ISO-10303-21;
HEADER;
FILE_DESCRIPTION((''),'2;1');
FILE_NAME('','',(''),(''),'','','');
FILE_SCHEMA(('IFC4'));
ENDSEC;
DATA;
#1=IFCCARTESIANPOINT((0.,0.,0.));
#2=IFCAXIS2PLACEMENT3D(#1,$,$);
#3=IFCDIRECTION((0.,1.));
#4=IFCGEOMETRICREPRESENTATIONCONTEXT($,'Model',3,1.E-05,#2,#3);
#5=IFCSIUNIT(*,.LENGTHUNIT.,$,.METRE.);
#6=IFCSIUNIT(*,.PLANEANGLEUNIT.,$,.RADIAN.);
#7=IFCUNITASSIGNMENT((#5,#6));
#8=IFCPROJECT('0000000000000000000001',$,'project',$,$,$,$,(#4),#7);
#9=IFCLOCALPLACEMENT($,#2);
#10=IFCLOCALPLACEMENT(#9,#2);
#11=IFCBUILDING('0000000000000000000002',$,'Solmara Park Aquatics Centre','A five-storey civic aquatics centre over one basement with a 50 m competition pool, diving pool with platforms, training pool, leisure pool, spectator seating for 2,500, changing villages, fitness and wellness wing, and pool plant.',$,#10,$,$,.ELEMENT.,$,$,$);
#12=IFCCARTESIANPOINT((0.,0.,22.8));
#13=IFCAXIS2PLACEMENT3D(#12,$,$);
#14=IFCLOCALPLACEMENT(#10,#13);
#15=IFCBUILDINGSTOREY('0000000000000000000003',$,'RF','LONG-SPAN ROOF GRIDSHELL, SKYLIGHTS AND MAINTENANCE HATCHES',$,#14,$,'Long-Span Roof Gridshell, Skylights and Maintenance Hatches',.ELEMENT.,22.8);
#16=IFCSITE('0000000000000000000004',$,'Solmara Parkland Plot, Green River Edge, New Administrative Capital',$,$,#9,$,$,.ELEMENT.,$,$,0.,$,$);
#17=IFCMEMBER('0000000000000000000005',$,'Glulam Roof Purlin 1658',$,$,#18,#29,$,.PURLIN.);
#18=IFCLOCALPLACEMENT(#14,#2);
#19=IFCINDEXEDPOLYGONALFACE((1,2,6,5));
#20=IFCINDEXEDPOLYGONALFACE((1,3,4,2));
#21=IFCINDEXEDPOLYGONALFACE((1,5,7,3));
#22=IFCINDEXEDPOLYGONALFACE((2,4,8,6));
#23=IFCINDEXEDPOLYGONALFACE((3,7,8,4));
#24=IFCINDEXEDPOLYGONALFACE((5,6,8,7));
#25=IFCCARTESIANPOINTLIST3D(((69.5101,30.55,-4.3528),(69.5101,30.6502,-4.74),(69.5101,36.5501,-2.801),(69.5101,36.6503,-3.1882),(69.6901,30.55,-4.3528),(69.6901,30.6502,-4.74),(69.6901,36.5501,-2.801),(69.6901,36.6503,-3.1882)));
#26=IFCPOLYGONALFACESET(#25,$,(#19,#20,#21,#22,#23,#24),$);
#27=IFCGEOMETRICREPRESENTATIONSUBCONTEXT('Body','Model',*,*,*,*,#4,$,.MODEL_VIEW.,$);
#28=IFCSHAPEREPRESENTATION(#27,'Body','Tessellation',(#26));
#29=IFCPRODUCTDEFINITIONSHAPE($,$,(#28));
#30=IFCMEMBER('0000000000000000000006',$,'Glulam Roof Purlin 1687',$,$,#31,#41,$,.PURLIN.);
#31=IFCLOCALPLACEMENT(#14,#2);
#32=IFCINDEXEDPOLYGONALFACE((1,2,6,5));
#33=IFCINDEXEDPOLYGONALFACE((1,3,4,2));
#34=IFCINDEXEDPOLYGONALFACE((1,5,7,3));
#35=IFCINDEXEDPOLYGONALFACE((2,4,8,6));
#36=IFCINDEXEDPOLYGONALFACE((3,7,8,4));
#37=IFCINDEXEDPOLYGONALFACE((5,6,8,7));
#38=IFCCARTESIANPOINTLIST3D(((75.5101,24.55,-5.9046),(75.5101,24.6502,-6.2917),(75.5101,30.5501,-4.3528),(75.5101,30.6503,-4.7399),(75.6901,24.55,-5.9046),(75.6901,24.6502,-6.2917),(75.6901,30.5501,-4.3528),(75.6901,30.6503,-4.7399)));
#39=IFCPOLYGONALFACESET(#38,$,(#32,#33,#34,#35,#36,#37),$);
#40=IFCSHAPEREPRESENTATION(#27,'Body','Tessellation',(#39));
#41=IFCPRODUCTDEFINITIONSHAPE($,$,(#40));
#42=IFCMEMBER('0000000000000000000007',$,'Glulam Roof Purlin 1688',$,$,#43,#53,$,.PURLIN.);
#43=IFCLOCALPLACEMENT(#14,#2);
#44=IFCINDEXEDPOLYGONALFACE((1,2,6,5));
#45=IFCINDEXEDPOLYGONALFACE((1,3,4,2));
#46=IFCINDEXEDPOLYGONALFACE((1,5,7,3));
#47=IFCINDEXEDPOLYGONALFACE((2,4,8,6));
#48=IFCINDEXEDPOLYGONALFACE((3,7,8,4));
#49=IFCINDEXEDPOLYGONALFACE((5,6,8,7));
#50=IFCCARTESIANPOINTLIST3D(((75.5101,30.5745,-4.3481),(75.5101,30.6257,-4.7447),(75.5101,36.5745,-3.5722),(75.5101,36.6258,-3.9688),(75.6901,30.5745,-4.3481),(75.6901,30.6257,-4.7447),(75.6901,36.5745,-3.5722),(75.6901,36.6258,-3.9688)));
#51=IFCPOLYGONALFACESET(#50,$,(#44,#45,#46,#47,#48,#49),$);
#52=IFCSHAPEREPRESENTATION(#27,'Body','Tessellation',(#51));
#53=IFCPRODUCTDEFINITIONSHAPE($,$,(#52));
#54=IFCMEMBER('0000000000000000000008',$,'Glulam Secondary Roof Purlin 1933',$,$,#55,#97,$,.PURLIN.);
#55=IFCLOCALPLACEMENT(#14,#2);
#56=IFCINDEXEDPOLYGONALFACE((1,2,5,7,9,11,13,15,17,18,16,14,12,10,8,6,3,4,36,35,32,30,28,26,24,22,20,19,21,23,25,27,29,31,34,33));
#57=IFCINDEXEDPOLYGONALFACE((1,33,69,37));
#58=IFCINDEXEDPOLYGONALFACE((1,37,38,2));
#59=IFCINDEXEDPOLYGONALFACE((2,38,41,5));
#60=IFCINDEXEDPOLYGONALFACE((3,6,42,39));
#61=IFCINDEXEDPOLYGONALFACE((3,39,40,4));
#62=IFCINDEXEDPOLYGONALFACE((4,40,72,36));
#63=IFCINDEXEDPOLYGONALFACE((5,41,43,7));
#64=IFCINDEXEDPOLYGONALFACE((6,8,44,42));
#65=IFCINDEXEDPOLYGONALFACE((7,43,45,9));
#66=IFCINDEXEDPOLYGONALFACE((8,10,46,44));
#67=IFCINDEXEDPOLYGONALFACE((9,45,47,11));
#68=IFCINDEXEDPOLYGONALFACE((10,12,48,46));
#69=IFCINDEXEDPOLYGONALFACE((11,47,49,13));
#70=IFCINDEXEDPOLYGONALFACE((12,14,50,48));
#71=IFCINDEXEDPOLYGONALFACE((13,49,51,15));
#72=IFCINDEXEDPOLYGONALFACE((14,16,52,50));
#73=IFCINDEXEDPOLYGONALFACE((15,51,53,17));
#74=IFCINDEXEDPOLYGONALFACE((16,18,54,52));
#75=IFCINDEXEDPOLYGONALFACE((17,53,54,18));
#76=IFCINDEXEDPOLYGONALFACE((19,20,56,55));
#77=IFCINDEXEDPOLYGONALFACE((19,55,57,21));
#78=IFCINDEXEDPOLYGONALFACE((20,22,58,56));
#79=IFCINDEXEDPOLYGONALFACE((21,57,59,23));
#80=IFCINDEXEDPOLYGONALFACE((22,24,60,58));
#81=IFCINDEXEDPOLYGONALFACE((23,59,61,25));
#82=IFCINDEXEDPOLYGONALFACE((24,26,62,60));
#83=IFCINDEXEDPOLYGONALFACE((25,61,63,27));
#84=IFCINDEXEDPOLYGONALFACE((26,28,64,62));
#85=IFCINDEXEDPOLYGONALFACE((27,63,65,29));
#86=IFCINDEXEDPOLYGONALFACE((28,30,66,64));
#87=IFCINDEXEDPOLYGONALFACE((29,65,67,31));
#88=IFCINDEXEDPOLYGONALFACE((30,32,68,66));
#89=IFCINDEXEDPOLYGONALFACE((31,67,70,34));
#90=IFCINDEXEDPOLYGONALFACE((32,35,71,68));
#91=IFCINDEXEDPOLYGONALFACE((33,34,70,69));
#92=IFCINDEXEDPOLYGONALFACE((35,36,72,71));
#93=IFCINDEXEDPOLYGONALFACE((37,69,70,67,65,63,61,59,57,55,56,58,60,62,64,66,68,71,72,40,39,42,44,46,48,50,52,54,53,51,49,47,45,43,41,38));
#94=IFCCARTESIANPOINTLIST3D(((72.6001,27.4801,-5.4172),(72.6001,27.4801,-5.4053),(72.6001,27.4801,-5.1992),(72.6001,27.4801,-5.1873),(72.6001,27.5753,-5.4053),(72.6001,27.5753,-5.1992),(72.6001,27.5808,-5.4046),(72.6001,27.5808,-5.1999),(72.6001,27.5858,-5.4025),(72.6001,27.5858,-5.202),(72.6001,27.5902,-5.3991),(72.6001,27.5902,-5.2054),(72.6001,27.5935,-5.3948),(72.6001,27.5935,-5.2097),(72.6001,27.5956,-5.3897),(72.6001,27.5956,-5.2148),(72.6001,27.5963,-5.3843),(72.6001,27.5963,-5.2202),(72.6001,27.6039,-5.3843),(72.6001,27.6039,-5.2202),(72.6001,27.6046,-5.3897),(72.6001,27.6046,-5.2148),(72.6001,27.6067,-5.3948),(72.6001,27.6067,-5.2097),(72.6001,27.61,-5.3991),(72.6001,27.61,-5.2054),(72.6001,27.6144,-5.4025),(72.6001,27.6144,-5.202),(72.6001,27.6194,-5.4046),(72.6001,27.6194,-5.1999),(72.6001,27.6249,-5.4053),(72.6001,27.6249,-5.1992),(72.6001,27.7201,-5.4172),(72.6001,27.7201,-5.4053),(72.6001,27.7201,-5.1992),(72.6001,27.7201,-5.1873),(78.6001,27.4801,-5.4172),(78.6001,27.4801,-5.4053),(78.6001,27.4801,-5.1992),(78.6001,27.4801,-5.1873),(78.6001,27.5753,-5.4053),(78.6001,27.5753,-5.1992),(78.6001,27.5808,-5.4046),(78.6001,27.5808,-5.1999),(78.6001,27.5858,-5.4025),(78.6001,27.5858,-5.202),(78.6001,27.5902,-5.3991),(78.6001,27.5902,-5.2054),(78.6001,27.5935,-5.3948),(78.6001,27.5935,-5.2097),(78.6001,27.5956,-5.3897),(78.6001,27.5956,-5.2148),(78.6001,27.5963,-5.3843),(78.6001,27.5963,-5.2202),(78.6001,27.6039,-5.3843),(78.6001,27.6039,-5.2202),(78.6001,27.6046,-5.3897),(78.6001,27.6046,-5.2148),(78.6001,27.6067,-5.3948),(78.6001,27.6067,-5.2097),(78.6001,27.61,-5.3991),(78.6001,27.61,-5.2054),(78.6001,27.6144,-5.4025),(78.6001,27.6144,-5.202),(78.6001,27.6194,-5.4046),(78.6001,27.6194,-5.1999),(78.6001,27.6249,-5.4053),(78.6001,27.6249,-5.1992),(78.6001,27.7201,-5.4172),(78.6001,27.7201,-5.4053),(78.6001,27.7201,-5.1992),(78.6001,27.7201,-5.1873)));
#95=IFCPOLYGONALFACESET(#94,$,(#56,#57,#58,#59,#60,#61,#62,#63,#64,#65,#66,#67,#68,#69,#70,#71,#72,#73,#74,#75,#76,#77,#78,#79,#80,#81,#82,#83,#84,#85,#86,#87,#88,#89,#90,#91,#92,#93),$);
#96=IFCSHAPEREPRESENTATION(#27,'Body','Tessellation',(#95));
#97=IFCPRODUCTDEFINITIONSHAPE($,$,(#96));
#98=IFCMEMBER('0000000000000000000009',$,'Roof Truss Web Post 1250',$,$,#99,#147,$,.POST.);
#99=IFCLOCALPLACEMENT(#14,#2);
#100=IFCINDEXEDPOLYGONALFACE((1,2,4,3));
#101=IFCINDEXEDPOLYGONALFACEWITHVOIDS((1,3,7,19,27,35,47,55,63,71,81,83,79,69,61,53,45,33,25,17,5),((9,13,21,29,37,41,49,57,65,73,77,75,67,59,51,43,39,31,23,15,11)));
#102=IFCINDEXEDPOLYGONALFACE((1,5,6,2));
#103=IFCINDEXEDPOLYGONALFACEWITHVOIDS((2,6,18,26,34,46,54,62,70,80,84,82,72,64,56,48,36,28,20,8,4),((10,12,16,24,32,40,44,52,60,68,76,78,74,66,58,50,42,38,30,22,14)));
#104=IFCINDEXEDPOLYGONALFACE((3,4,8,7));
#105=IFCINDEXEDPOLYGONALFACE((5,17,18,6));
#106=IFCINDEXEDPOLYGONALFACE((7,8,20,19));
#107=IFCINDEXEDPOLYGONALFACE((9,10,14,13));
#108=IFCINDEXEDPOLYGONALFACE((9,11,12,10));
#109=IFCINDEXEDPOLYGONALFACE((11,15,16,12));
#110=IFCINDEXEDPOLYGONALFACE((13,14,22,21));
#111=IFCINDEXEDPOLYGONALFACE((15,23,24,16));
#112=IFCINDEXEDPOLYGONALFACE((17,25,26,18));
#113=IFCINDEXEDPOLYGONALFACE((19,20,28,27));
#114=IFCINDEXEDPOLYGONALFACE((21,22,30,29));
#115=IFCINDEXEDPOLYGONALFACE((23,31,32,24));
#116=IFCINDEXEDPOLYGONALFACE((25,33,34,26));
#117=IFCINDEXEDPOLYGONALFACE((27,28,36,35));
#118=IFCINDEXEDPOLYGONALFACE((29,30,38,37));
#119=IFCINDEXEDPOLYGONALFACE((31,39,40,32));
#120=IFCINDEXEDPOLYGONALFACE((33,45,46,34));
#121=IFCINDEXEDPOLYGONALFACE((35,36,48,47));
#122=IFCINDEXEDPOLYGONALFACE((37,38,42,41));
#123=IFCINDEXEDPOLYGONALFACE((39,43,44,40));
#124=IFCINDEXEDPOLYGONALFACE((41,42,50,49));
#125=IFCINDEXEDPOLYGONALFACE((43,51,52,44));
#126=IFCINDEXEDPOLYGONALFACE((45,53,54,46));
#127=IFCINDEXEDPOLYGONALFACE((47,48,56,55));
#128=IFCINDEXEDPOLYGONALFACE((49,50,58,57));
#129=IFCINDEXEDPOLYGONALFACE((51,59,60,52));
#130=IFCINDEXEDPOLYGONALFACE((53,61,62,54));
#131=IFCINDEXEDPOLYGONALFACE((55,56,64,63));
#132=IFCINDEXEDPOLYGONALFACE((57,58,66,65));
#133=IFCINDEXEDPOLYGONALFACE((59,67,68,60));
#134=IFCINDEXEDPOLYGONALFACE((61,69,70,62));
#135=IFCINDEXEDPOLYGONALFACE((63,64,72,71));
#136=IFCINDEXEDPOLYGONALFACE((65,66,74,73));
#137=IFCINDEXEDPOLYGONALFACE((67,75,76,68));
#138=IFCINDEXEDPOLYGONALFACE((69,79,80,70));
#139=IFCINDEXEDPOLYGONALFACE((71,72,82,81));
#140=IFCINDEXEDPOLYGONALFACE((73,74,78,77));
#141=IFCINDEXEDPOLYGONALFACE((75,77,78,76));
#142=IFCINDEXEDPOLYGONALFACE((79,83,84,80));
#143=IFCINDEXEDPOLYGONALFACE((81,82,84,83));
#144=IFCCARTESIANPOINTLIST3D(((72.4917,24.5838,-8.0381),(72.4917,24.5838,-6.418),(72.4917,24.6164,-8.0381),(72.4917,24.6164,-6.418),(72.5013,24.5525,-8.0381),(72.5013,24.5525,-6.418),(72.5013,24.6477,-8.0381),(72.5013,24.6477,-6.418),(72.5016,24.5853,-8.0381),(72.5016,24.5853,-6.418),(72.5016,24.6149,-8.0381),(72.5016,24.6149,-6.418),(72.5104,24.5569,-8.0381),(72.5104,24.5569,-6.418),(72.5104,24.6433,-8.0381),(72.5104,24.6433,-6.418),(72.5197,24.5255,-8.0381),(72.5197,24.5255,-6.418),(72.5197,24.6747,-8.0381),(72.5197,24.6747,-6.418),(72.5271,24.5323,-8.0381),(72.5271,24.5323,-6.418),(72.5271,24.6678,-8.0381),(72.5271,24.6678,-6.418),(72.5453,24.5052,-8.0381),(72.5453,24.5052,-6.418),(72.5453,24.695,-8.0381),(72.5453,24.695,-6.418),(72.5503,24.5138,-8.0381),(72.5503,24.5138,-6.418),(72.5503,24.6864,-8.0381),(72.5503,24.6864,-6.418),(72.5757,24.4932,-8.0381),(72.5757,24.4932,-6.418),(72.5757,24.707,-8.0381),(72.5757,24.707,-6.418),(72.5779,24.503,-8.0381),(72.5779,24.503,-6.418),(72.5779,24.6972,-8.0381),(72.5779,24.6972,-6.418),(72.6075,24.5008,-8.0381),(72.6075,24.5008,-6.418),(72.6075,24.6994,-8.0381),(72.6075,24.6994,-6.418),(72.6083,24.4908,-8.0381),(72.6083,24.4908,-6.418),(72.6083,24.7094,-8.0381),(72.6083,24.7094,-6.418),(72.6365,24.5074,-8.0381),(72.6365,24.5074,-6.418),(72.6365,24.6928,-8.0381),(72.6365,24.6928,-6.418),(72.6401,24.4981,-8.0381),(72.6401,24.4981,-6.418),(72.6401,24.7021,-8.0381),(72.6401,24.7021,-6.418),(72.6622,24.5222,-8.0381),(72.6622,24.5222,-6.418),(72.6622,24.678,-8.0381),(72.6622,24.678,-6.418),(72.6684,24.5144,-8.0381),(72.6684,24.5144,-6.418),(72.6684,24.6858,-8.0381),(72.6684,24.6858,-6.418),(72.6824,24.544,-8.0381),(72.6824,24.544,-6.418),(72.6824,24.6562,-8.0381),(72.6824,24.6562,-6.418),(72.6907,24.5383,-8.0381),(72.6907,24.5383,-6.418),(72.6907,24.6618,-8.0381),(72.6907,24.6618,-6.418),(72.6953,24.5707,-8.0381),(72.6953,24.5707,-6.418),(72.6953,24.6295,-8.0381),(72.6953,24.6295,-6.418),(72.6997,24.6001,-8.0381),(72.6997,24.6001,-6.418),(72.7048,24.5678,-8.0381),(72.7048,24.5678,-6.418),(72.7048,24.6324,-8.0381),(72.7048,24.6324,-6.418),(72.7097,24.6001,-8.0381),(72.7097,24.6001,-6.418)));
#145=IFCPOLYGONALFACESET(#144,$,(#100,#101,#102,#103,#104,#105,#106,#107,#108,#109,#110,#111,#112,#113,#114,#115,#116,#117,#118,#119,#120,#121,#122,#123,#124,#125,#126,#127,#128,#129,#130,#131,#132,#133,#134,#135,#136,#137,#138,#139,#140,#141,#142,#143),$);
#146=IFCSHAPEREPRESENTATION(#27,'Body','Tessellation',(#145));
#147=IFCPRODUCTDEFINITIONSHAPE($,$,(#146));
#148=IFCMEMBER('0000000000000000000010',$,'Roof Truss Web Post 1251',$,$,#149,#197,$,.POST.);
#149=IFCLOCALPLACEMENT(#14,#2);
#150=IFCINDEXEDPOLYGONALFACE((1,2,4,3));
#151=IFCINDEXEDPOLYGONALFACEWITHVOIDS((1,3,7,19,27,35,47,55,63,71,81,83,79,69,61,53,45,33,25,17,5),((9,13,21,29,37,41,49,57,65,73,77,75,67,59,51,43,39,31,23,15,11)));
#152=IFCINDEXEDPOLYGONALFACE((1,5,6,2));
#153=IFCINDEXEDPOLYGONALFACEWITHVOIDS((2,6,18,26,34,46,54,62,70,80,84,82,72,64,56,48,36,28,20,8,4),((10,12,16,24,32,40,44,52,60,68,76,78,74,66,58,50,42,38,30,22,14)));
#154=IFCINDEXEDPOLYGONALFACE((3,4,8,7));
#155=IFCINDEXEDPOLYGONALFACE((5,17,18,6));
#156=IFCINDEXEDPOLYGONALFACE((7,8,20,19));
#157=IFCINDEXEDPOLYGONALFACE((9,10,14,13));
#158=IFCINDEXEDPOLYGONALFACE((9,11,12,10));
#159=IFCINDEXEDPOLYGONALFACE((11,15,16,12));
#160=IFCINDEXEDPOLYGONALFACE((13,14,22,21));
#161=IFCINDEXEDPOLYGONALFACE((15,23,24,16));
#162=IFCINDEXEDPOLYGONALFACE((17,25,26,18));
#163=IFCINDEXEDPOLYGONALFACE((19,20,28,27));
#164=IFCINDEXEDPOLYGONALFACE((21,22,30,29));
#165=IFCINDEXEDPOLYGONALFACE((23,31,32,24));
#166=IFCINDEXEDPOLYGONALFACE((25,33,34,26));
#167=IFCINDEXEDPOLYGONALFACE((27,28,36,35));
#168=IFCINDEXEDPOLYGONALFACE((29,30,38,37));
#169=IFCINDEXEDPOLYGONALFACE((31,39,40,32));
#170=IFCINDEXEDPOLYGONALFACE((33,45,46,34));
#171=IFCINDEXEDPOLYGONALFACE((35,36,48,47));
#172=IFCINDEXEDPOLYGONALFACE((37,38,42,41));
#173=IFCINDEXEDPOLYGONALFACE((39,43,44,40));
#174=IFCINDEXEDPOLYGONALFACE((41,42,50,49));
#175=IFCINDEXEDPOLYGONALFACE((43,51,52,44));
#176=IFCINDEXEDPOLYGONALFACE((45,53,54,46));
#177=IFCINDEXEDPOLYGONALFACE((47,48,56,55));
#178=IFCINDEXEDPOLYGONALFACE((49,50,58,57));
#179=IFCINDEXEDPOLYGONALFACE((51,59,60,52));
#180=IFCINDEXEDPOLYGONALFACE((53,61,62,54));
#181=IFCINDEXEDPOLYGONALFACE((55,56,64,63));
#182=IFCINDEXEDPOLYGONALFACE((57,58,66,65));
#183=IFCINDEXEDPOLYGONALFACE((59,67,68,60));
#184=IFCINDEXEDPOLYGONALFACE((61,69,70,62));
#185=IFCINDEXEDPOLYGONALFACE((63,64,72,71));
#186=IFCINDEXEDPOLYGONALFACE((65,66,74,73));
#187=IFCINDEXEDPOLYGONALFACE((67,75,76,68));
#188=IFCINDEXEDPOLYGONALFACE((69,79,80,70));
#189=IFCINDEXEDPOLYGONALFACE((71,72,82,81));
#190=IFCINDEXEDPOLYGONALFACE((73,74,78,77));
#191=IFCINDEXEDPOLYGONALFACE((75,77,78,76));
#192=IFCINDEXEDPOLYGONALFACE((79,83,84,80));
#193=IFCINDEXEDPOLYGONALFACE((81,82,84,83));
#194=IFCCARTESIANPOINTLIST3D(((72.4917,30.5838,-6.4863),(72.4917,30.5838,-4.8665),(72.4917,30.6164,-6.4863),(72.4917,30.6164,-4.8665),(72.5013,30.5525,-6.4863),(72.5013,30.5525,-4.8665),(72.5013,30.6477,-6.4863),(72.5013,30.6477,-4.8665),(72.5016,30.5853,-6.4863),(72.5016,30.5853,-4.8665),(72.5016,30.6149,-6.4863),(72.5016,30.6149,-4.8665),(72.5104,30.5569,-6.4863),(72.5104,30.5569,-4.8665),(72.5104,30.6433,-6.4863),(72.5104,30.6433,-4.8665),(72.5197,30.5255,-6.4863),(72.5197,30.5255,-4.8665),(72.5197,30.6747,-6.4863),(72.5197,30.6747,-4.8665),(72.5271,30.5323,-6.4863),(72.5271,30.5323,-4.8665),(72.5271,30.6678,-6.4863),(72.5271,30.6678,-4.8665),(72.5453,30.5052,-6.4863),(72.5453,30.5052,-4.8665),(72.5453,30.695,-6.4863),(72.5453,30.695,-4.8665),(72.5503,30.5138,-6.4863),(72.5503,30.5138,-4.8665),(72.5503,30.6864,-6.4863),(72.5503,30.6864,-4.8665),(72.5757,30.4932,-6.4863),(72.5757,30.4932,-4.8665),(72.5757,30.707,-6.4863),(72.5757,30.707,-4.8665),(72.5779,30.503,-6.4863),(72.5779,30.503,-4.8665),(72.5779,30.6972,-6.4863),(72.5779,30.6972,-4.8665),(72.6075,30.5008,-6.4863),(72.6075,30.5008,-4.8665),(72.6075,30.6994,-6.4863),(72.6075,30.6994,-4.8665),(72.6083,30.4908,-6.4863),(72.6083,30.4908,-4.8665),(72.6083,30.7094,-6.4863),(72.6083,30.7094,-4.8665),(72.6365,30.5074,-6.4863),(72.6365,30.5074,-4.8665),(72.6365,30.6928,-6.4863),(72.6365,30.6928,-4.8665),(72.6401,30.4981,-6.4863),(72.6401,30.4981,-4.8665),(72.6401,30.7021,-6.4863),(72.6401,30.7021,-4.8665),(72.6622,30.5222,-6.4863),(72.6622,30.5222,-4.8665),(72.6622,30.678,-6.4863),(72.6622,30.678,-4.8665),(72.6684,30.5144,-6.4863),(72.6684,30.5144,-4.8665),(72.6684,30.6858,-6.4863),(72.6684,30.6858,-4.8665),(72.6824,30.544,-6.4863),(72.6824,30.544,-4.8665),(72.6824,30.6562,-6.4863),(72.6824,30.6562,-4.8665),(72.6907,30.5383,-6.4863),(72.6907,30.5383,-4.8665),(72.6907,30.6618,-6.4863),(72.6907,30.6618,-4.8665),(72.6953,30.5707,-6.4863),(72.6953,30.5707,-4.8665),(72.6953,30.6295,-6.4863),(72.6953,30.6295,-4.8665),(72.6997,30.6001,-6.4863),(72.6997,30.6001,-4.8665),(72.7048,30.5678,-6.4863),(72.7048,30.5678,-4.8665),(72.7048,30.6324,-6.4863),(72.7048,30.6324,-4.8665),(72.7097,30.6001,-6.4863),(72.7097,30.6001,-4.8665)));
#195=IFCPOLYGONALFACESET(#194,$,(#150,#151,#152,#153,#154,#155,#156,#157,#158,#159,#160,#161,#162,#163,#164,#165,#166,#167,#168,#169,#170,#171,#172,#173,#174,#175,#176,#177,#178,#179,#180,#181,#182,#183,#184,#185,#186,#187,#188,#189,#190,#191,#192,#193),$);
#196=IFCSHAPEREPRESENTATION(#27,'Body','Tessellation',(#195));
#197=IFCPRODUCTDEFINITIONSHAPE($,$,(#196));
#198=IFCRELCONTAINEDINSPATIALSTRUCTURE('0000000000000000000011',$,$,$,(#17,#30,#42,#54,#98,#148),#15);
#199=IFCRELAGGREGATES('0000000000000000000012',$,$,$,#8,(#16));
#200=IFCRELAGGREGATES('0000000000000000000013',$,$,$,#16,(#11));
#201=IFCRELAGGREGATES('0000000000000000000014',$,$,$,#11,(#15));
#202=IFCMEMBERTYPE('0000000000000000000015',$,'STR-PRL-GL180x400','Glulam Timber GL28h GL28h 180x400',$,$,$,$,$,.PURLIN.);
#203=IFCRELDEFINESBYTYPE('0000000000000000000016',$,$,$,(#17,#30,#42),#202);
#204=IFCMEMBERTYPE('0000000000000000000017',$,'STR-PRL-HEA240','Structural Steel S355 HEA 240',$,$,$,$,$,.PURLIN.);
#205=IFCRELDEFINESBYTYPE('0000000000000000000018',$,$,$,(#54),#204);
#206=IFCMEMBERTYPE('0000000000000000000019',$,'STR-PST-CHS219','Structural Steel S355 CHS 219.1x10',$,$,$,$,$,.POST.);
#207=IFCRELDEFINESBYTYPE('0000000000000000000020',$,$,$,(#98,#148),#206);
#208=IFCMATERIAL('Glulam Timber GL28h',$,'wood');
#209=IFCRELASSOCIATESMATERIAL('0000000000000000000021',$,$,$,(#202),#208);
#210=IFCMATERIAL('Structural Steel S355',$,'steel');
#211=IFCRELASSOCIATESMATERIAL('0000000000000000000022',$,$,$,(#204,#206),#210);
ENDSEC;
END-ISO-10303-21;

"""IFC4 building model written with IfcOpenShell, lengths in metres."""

from ifc_helpers import new_model, si_unit, direction, frame, origin, origin_2d, place, context, subcontext, project, spatial, rectangle, hollow_circle, i_section, extrude, material, material_profile, profile_set, type_object, element, save


model = new_model("IFC4")

# Units and contexts
model_context = context("Model", 3, precision=1e-05, world=origin(), true_north=direction((0.0, 1.0)))
body_context = subcontext(model_context, "Body", "Model", "MODEL_VIEW")
ifc_project = project(units=[si_unit("LENGTHUNIT", "METRE"), si_unit("PLANEANGLEUNIT", "RADIAN")], contexts=[model_context])

# Site, building, storey
site_placement = place(None, origin())
site = spatial("IfcSite", under=ifc_project, at=site_placement, Name="Solmara Parkland Plot, Green River Edge, New Administrative Capital", CompositionType="ELEMENT", RefElevation=0.0)
building_placement = place(site_placement, origin())
building = spatial("IfcBuilding", under=site, at=building_placement, Name="Solmara Park Aquatics Centre", Description="A five-storey civic aquatics centre over one basement with a 50 m competition pool, diving pool with platforms, training pool, leisure pool, spectator seating for 2,500, changing villages, fitness and wellness wing, and pool plant.", CompositionType="ELEMENT")
storey_placement = place(building_placement, frame((0.0, 0.0, 22.8)))
storey = spatial("IfcBuildingStorey", under=building, at=storey_placement, Name="RF", Description="LONG-SPAN ROOF GRIDSHELL, SKYLIGHTS AND MAINTENANCE HATCHES", LongName="Long-Span Roof Gridshell, Skylights and Maintenance Hatches", CompositionType="ELEMENT", Elevation=22.8)

# Members
ifc_material_1 = material(Name="Structural Steel S355", Category="steel")
ifc_material_2 = material(Name="Glulam Timber GL28h", Category="wood")
ifc_material_profile_1 = material_profile(ifc_material_2, rectangle(XDim=0.1799, YDim=0.3999, at=origin_2d()), Name="GL28h 180x400")
ifc_profile_set_1 = profile_set([ifc_material_profile_1], Name="Glulam Timber GL28h")
member_type_1 = type_object("IfcMemberType", Name="STR-PRL-GL180x400", Description="Glulam Timber GL28h GL28h 180x400", PredefinedType="PURLIN", material=ifc_profile_set_1)
for number, where, z_axis, x_axis, name in (
    (1, (69.6001, 30.6001, -4.5464), (0.0, 0.968146, 0.250388), (-1.0, 0.0, 0.0), "Glulam Roof Purlin 1658"),
    (2, (75.6001, 24.6001, -6.0981), (0.0, 0.968146, 0.250388), (-1.0, 0.0, 0.0), "Glulam Roof Purlin 1687"),
):
    element("IfcMember", number, at=place(storey_placement, frame(where, z_axis=z_axis, x_axis=x_axis)), inside=storey, type_object=member_type_1, Name=name, PredefinedType="PURLIN", context=body_context, shape_type="SweptSolid", body=[
        extrude(rectangle(XDim=0.1799, YDim=0.3999, at=origin_2d()), origin(), (0.0, 0.0, 1.0), 6.1975),
    ])
member_1_placement = place(storey_placement, frame((75.6001, 30.6001, -4.5464), z_axis=(0.0, 0.991742, 0.128245), x_axis=(-1.0, 0.0, 0.0)))
element("IfcMember", 3, at=member_1_placement, inside=storey, type_object=member_type_1, Name="Glulam Roof Purlin 1688", PredefinedType="PURLIN", context=body_context, shape_type="SweptSolid", body=[
    extrude(rectangle(XDim=0.1799, YDim=0.3999, at=origin_2d()), origin(), (0.0, 0.0, 1.0), 6.05),
])
ifc_material_profile_2 = material_profile(ifc_material_1, i_section(OverallWidth=0.24, OverallDepth=0.23, WebThickness=0.0076, FlangeThickness=0.012, FilletRadius=0.021, at=origin_2d()), Name="HEA 240")
ifc_profile_set_2 = profile_set([ifc_material_profile_2], Name="Structural Steel S355")
member_type_2 = type_object("IfcMemberType", Name="STR-PRL-HEA240", Description="Structural Steel S355 HEA 240", PredefinedType="PURLIN", material=ifc_profile_set_2)
member_2_placement = place(storey_placement, frame((72.6001, 27.6001, -5.3022), z_axis=(1.0, 0.0, 0.0), x_axis=(0.0, 1.0, 0.0)))
element("IfcMember", 4, at=member_2_placement, inside=storey, type_object=member_type_2, Name="Glulam Secondary Roof Purlin 1933", PredefinedType="PURLIN", context=body_context, shape_type="SweptSolid", body=[
    extrude(i_section(OverallWidth=0.24, OverallDepth=0.23, WebThickness=0.0076, FlangeThickness=0.012, FilletRadius=0.021, at=origin_2d()), origin(), (0.0, 0.0, 1.0), 6.0),
])
ifc_material_profile_3 = material_profile(ifc_material_1, hollow_circle(Radius=0.1096, WallThickness=0.01, at=origin_2d()), Name="CHS 219.1x10")
ifc_profile_set_3 = profile_set([ifc_material_profile_3], Name="Structural Steel S355")
member_type_3 = type_object("IfcMemberType", Name="STR-PST-CHS219", Description="Structural Steel S355 CHS 219.1x10", PredefinedType="POST", material=ifc_profile_set_3)
member_3_placement = place(storey_placement, frame((72.6001, 24.6001, -8.0381), z_axis=(0.0, 0.0, 1.0), x_axis=(1.0, 0.0, 0.0)))
element("IfcMember", 5, at=member_3_placement, inside=storey, type_object=member_type_3, Name="Roof Truss Web Post 1250", PredefinedType="POST", context=body_context, shape_type="SweptSolid", body=[
    extrude(hollow_circle(Radius=0.1096, WallThickness=0.01, at=origin_2d()), origin(), (0.0, 0.0, 1.0), 1.6201),
])
member_4_placement = place(storey_placement, frame((72.6001, 30.6001, -6.4863), z_axis=(0.0, 0.0, 1.0), x_axis=(1.0, 0.0, 0.0)))
element("IfcMember", 6, at=member_4_placement, inside=storey, type_object=member_type_3, Name="Roof Truss Web Post 1251", PredefinedType="POST", context=body_context, shape_type="SweptSolid", body=[
    extrude(hollow_circle(Radius=0.1096, WallThickness=0.01, at=origin_2d()), origin(), (0.0, 0.0, 1.0), 1.6199),
])

save(model, "model.ifc")
